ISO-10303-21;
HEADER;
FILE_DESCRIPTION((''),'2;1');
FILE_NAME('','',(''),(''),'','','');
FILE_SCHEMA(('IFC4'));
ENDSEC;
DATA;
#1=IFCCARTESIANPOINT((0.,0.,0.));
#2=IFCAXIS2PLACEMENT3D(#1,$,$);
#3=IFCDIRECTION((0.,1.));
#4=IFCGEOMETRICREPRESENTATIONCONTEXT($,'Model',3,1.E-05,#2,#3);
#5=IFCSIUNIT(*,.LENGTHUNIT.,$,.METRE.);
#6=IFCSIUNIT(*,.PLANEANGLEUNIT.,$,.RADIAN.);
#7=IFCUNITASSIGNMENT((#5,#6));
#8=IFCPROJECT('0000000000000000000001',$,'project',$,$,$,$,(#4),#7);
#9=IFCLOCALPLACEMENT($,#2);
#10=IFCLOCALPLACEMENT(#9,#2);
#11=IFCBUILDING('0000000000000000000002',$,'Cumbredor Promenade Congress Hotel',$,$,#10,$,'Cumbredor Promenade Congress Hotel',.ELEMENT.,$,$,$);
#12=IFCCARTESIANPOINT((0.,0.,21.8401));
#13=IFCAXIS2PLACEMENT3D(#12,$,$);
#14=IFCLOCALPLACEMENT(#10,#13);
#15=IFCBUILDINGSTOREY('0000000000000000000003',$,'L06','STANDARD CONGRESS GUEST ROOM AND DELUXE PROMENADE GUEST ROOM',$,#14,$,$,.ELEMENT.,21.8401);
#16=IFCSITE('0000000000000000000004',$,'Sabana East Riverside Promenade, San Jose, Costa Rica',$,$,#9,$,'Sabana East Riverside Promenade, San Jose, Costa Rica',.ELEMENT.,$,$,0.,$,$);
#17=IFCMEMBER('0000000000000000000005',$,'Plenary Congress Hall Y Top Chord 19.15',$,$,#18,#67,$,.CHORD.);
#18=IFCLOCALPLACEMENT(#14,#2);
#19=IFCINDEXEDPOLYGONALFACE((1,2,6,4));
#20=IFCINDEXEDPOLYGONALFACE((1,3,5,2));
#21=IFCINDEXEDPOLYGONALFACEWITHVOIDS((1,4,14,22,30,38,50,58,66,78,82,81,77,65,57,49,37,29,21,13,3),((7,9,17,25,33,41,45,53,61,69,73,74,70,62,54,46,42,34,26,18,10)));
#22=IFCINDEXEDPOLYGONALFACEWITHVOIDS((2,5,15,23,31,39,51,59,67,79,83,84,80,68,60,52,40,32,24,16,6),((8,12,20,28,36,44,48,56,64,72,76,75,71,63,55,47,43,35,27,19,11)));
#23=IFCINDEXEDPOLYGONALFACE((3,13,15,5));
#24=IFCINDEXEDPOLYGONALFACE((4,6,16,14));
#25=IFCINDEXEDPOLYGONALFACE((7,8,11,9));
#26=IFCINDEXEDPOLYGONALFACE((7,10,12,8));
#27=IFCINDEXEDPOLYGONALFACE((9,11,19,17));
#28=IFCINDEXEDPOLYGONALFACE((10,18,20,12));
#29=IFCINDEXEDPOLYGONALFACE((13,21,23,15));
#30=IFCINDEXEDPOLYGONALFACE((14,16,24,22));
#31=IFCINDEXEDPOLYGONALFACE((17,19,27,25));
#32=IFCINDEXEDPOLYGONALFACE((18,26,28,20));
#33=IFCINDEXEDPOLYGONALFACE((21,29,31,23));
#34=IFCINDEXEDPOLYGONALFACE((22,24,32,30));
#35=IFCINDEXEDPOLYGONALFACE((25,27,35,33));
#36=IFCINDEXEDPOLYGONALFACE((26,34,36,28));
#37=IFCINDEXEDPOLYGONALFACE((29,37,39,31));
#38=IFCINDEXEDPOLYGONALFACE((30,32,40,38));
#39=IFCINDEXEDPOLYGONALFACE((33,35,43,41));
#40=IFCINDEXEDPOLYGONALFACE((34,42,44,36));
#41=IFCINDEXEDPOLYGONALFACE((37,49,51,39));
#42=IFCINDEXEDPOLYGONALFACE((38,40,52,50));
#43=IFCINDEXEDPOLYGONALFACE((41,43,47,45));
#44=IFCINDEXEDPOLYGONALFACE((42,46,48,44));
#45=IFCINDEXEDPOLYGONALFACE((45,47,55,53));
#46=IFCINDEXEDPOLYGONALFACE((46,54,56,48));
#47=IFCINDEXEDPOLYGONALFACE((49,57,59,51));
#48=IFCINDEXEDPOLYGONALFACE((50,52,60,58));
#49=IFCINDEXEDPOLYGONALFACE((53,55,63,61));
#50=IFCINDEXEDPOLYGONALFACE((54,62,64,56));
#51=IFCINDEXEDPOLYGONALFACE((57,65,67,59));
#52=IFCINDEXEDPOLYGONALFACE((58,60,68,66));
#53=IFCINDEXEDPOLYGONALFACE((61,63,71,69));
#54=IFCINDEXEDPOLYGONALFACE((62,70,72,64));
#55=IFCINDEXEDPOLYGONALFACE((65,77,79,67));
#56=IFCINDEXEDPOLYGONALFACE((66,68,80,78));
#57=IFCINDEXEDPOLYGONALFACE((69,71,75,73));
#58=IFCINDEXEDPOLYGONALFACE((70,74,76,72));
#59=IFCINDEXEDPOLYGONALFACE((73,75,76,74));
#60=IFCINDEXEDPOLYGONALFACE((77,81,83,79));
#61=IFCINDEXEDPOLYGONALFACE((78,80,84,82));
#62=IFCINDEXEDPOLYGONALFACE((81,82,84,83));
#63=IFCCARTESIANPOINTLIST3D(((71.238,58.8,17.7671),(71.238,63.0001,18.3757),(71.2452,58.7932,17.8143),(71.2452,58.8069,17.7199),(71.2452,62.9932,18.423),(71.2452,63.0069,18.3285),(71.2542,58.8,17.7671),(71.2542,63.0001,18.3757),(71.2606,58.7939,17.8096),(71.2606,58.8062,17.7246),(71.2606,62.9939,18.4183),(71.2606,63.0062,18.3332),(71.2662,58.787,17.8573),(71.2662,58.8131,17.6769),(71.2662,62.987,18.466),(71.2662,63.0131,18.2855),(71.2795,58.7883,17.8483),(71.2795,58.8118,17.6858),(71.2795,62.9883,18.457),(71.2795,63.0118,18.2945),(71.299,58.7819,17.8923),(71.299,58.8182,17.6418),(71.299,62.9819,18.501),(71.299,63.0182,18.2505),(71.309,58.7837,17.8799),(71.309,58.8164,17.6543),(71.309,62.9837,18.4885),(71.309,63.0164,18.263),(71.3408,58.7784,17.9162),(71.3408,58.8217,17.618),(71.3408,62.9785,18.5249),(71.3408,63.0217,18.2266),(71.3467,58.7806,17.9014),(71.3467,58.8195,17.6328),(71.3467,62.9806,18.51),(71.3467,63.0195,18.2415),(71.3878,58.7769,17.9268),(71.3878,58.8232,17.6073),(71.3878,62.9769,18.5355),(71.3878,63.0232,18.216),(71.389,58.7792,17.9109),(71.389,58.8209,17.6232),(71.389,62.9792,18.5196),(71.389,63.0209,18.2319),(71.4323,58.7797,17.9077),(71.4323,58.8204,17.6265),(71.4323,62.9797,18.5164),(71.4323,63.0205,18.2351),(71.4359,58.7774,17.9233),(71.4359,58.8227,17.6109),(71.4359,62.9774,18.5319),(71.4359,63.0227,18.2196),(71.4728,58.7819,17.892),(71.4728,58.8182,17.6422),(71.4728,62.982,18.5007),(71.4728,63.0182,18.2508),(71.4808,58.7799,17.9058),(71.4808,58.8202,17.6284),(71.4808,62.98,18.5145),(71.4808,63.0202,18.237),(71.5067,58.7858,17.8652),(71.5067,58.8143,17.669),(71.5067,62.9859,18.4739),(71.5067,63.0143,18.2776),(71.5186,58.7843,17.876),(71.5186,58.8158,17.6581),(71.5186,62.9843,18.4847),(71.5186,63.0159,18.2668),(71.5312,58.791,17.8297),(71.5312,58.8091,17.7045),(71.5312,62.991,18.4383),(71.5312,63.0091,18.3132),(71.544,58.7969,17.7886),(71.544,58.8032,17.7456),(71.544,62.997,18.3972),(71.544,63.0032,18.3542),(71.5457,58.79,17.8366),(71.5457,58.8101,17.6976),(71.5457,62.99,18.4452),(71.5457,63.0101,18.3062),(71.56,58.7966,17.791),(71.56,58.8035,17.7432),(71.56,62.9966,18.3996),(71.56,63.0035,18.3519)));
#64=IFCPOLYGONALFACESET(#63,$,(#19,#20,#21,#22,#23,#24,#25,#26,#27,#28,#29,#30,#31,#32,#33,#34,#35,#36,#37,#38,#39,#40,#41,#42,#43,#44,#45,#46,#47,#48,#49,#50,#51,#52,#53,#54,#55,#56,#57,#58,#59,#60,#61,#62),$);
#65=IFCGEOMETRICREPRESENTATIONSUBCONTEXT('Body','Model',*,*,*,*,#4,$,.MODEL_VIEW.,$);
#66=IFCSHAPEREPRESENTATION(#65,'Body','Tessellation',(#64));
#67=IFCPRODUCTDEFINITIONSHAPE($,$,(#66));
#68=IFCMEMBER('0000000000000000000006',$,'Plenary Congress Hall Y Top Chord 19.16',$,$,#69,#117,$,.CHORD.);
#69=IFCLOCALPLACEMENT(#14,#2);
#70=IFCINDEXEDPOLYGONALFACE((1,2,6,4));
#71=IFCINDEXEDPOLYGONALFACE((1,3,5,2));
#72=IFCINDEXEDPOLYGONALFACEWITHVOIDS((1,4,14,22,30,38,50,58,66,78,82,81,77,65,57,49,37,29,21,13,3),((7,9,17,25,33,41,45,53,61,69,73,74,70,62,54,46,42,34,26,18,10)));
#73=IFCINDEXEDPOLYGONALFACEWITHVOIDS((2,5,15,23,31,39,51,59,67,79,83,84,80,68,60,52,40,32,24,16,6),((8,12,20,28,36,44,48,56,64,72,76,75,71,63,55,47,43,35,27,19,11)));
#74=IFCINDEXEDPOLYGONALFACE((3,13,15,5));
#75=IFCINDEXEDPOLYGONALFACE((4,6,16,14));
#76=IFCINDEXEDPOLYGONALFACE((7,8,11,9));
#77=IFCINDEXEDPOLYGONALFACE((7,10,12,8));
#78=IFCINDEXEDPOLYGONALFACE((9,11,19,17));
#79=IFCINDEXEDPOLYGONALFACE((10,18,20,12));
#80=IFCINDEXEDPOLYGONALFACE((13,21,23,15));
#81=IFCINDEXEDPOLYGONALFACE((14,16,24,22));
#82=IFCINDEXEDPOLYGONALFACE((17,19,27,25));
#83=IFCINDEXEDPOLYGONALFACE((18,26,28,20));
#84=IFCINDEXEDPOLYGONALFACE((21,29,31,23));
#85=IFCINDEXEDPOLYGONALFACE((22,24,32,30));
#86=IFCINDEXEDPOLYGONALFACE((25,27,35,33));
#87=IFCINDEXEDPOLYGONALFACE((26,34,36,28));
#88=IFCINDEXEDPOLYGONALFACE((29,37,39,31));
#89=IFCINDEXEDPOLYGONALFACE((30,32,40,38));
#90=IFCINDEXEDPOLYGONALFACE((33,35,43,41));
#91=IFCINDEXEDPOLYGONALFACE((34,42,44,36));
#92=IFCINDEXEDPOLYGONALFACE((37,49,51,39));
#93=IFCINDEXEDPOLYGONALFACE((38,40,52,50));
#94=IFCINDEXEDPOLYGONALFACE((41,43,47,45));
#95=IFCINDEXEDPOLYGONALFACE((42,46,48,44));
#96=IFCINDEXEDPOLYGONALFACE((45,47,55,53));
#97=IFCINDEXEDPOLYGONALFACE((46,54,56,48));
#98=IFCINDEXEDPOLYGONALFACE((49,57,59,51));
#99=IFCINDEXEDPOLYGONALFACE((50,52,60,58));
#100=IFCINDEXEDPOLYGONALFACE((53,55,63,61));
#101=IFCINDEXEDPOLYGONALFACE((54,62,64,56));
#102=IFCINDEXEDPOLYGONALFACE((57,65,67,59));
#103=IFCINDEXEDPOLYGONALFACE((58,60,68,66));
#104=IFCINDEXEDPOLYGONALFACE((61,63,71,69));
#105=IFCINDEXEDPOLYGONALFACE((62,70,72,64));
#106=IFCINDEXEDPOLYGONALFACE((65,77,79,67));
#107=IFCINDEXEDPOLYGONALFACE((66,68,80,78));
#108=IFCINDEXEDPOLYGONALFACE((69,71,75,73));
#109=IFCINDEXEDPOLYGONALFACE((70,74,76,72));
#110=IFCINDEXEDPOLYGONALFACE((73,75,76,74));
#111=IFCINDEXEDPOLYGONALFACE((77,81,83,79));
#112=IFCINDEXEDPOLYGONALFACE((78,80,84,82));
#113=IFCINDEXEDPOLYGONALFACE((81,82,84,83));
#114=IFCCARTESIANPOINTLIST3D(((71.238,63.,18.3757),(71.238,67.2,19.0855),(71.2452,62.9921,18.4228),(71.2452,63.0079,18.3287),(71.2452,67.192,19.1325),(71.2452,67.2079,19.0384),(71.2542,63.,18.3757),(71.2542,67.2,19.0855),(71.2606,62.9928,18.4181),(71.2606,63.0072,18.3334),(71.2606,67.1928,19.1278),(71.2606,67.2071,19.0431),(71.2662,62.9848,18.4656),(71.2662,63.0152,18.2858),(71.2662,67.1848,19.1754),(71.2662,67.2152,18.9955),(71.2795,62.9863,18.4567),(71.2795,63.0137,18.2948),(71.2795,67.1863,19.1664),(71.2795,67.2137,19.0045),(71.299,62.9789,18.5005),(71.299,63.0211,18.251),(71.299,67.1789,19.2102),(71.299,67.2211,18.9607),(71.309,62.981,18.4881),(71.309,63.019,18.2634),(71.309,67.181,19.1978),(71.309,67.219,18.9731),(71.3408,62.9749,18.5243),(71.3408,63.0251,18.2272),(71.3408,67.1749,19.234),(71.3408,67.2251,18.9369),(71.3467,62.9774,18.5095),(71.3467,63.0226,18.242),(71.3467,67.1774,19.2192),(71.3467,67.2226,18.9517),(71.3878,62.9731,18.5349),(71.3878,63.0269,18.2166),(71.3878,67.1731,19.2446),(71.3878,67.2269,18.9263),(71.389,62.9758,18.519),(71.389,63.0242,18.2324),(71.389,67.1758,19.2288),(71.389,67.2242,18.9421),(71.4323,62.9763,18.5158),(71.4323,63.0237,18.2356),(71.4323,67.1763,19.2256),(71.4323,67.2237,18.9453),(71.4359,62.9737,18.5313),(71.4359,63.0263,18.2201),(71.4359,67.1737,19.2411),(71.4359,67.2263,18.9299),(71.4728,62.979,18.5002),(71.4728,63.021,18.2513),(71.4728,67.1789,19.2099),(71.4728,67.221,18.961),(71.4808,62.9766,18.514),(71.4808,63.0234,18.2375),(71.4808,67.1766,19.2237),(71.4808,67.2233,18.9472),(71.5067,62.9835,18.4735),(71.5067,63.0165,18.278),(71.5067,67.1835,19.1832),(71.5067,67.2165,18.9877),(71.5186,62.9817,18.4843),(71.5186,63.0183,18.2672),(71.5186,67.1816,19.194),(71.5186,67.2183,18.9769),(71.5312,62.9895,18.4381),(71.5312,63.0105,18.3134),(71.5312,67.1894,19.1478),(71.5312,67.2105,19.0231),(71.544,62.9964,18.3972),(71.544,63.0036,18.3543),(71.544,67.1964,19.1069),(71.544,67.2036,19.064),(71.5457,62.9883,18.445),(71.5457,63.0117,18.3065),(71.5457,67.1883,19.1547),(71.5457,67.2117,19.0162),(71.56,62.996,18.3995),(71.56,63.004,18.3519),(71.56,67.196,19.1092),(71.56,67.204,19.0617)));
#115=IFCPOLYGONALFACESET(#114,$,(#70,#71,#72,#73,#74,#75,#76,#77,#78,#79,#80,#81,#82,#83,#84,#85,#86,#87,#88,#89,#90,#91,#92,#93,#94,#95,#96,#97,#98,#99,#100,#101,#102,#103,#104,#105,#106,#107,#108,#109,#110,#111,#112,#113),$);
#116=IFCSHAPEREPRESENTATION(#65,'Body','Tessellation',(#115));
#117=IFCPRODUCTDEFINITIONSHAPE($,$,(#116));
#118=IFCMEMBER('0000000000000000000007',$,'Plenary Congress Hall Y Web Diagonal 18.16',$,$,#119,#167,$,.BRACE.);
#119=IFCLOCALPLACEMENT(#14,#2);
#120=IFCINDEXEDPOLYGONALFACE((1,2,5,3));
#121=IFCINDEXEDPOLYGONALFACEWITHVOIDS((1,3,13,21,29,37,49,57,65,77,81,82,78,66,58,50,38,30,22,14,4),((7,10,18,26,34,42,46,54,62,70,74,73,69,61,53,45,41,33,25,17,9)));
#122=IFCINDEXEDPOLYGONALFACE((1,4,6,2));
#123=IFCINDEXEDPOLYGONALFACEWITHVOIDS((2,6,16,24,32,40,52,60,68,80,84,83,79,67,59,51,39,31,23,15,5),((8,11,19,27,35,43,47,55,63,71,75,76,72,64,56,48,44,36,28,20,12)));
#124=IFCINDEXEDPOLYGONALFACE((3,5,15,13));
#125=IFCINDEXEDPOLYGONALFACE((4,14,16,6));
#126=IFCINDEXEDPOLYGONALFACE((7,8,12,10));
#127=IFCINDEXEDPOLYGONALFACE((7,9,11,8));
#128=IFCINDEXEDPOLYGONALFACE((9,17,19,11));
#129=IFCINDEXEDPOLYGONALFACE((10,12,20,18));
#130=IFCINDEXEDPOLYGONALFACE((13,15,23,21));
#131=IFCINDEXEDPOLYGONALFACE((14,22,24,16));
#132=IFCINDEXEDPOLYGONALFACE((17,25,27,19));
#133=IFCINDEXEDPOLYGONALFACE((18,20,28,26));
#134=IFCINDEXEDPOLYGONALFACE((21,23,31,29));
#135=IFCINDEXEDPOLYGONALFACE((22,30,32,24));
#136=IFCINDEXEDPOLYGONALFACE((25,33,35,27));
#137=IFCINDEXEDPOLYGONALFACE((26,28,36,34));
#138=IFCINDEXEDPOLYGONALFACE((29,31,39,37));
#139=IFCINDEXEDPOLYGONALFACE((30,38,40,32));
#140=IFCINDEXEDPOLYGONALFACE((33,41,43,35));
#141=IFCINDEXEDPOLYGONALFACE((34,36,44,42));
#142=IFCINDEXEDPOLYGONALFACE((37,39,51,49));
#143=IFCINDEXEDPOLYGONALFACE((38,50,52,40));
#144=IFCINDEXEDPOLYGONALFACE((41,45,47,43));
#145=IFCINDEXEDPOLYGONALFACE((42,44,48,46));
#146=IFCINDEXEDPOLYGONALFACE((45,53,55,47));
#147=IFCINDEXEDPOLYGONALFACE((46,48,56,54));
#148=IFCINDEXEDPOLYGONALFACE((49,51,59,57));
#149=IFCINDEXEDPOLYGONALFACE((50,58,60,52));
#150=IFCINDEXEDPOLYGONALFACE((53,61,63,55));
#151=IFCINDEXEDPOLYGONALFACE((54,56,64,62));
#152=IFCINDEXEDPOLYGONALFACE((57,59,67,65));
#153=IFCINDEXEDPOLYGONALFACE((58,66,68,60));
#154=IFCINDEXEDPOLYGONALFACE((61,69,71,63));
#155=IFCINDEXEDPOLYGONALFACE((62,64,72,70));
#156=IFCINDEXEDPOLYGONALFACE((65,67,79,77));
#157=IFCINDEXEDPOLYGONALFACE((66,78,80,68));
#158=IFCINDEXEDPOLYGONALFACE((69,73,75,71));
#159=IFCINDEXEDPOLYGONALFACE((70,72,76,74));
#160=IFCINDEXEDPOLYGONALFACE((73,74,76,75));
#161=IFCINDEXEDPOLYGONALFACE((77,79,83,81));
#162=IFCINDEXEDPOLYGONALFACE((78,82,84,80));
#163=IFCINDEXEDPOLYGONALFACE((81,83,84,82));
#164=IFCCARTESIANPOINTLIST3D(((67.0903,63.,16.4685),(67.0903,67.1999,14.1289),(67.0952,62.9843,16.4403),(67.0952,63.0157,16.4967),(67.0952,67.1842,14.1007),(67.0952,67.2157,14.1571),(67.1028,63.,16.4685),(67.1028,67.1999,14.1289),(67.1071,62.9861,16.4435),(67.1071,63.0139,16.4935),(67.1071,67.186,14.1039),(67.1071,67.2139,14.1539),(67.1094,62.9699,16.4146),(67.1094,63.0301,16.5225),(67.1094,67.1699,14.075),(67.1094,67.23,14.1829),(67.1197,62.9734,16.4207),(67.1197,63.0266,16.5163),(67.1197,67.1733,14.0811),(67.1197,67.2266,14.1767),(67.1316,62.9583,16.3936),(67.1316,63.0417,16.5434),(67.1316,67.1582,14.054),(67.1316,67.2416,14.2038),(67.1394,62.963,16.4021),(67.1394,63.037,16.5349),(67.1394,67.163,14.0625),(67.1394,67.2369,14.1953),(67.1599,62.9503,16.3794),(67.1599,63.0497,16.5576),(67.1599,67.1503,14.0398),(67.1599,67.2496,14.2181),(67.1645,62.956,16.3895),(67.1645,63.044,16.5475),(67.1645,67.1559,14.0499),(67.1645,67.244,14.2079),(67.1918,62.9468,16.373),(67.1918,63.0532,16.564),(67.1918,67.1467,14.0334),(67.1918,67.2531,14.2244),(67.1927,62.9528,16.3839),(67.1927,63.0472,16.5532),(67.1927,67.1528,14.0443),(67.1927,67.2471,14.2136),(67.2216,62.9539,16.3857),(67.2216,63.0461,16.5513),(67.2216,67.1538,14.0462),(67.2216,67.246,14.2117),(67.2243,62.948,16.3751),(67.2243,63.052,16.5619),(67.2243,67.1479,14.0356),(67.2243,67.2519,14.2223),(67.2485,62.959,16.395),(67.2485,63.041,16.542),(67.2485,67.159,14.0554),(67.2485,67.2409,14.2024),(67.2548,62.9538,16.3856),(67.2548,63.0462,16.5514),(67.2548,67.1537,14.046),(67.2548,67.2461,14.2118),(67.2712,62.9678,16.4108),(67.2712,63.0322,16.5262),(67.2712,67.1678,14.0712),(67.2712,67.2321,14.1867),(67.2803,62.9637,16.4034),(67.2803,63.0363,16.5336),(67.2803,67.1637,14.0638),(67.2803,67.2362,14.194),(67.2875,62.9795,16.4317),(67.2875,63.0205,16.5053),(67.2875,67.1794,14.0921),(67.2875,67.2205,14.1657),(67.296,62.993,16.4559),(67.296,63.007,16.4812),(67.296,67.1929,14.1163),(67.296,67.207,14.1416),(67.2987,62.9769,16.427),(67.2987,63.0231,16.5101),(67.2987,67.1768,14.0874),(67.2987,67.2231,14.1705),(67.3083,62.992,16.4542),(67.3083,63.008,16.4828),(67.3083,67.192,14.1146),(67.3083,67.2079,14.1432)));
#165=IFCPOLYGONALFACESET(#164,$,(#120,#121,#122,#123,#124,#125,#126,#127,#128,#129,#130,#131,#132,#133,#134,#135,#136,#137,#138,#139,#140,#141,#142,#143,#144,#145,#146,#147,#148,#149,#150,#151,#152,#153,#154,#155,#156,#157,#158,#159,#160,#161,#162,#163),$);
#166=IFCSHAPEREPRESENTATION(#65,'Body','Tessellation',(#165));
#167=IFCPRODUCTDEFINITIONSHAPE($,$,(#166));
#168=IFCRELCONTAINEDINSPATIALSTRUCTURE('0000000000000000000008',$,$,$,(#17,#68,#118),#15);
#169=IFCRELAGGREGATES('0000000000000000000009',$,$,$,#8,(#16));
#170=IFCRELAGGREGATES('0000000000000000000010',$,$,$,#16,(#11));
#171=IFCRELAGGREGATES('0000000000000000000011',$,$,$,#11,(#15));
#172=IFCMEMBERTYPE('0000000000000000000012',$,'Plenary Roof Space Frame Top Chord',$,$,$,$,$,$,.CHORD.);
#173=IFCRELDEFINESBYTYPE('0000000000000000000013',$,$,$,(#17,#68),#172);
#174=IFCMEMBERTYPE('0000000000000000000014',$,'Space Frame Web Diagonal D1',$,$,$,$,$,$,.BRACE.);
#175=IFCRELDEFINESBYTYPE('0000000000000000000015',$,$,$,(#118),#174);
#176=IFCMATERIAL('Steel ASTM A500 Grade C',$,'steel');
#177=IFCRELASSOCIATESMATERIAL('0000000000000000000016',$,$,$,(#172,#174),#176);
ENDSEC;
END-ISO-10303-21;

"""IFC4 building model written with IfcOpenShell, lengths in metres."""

from ifc_helpers import new_model, si_unit, direction, frame, origin, origin_2d, place, context, subcontext, project, spatial, hollow_circle, extrude, material, material_profile, profile_set, type_object, element, save


model = new_model("IFC4")

# Units and contexts
model_context = context("Model", 3, precision=1e-05, world=origin(), true_north=direction((0.0, 1.0)))
body_context = subcontext(model_context, "Body", "Model", "MODEL_VIEW")
ifc_project = project(units=[si_unit("LENGTHUNIT", "METRE"), si_unit("PLANEANGLEUNIT", "RADIAN")], contexts=[model_context])

# Site, building, storey
site_placement = place(None, origin())
site = spatial("IfcSite", under=ifc_project, at=site_placement, Name="Sabana East Riverside Promenade, San Jose, Costa Rica", LongName="Sabana East Riverside Promenade, San Jose, Costa Rica", CompositionType="ELEMENT", RefElevation=0.0)
building_placement = place(site_placement, origin())
building = spatial("IfcBuilding", under=site, at=building_placement, Name="Cumbredor Promenade Congress Hotel", LongName="Cumbredor Promenade Congress Hotel", CompositionType="ELEMENT")
storey_placement = place(building_placement, frame((0.0, 0.0, 21.8401)))
storey = spatial("IfcBuildingStorey", under=building, at=storey_placement, Name="L06", Description="STANDARD CONGRESS GUEST ROOM AND DELUXE PROMENADE GUEST ROOM", CompositionType="ELEMENT", Elevation=21.8401)

# Members
ifc_material_1 = material(Name="Steel ASTM A500 Grade C", Category="steel")
ifc_material_profile_1 = material_profile(ifc_material_1, hollow_circle(Radius=0.1619, WallThickness=0.0161, at=origin_2d()), Name="CHS 323.9x16")
ifc_profile_set_1 = profile_set([ifc_material_profile_1], Name="Steel ASTM A500 Grade C")
member_type_1 = type_object("IfcMemberType", Name="Plenary Roof Space Frame Top Chord", PredefinedType="CHORD", material=ifc_profile_set_1)
member_1_placement = place(storey_placement, frame((71.3999, 58.8, 17.7671), z_axis=(0.0, 0.989662, 0.143418), x_axis=(-1.0, 0.0, 0.0)))
element("IfcMember", 1, at=member_1_placement, inside=storey, type_object=member_type_1, Name="Plenary Congress Hall Y Top Chord 19.15", PredefinedType="CHORD", context=body_context, shape_type="SweptSolid", body=[
    extrude(hollow_circle(Radius=0.1619, WallThickness=0.0161, at=origin_2d()), origin(), (0.0, 0.0, 1.0), 4.2439),
])
member_2_placement = place(storey_placement, frame((71.3999, 63.0, 18.3757), z_axis=(0.0, 0.986021, 0.16662), x_axis=(-1.0, 0.0, 0.0)))
element("IfcMember", 2, at=member_2_placement, inside=storey, type_object=member_type_1, Name="Plenary Congress Hall Y Top Chord 19.16", PredefinedType="CHORD", context=body_context, shape_type="SweptSolid", body=[
    extrude(hollow_circle(Radius=0.1619, WallThickness=0.0161, at=origin_2d()), origin(), (0.0, 0.0, 1.0), 4.2595),
])
ifc_material_profile_2 = material_profile(ifc_material_1, hollow_circle(Radius=0.1096, WallThickness=0.0125, at=origin_2d()), Name="CHS 219.1x12.5")
ifc_profile_set_2 = profile_set([ifc_material_profile_2], Name="Steel ASTM A500 Grade C")
member_type_2 = type_object("IfcMemberType", Name="Space Frame Web Diagonal D1", PredefinedType="BRACE", material=ifc_profile_set_2)
member_3_placement = place(storey_placement, frame((67.2, 63.0, 16.4685), z_axis=(0.0, 0.873601, -0.486643), x_axis=(-1.0, 0.0, 0.0)))
element("IfcMember", 3, at=member_3_placement, inside=storey, type_object=member_type_2, Name="Plenary Congress Hall Y Web Diagonal 18.16", PredefinedType="BRACE", context=body_context, shape_type="SweptSolid", body=[
    extrude(hollow_circle(Radius=0.1096, WallThickness=0.0125, at=origin_2d()), origin(), (0.0, 0.0, 1.0), 4.8076),
])

save(model, "model.ifc")
